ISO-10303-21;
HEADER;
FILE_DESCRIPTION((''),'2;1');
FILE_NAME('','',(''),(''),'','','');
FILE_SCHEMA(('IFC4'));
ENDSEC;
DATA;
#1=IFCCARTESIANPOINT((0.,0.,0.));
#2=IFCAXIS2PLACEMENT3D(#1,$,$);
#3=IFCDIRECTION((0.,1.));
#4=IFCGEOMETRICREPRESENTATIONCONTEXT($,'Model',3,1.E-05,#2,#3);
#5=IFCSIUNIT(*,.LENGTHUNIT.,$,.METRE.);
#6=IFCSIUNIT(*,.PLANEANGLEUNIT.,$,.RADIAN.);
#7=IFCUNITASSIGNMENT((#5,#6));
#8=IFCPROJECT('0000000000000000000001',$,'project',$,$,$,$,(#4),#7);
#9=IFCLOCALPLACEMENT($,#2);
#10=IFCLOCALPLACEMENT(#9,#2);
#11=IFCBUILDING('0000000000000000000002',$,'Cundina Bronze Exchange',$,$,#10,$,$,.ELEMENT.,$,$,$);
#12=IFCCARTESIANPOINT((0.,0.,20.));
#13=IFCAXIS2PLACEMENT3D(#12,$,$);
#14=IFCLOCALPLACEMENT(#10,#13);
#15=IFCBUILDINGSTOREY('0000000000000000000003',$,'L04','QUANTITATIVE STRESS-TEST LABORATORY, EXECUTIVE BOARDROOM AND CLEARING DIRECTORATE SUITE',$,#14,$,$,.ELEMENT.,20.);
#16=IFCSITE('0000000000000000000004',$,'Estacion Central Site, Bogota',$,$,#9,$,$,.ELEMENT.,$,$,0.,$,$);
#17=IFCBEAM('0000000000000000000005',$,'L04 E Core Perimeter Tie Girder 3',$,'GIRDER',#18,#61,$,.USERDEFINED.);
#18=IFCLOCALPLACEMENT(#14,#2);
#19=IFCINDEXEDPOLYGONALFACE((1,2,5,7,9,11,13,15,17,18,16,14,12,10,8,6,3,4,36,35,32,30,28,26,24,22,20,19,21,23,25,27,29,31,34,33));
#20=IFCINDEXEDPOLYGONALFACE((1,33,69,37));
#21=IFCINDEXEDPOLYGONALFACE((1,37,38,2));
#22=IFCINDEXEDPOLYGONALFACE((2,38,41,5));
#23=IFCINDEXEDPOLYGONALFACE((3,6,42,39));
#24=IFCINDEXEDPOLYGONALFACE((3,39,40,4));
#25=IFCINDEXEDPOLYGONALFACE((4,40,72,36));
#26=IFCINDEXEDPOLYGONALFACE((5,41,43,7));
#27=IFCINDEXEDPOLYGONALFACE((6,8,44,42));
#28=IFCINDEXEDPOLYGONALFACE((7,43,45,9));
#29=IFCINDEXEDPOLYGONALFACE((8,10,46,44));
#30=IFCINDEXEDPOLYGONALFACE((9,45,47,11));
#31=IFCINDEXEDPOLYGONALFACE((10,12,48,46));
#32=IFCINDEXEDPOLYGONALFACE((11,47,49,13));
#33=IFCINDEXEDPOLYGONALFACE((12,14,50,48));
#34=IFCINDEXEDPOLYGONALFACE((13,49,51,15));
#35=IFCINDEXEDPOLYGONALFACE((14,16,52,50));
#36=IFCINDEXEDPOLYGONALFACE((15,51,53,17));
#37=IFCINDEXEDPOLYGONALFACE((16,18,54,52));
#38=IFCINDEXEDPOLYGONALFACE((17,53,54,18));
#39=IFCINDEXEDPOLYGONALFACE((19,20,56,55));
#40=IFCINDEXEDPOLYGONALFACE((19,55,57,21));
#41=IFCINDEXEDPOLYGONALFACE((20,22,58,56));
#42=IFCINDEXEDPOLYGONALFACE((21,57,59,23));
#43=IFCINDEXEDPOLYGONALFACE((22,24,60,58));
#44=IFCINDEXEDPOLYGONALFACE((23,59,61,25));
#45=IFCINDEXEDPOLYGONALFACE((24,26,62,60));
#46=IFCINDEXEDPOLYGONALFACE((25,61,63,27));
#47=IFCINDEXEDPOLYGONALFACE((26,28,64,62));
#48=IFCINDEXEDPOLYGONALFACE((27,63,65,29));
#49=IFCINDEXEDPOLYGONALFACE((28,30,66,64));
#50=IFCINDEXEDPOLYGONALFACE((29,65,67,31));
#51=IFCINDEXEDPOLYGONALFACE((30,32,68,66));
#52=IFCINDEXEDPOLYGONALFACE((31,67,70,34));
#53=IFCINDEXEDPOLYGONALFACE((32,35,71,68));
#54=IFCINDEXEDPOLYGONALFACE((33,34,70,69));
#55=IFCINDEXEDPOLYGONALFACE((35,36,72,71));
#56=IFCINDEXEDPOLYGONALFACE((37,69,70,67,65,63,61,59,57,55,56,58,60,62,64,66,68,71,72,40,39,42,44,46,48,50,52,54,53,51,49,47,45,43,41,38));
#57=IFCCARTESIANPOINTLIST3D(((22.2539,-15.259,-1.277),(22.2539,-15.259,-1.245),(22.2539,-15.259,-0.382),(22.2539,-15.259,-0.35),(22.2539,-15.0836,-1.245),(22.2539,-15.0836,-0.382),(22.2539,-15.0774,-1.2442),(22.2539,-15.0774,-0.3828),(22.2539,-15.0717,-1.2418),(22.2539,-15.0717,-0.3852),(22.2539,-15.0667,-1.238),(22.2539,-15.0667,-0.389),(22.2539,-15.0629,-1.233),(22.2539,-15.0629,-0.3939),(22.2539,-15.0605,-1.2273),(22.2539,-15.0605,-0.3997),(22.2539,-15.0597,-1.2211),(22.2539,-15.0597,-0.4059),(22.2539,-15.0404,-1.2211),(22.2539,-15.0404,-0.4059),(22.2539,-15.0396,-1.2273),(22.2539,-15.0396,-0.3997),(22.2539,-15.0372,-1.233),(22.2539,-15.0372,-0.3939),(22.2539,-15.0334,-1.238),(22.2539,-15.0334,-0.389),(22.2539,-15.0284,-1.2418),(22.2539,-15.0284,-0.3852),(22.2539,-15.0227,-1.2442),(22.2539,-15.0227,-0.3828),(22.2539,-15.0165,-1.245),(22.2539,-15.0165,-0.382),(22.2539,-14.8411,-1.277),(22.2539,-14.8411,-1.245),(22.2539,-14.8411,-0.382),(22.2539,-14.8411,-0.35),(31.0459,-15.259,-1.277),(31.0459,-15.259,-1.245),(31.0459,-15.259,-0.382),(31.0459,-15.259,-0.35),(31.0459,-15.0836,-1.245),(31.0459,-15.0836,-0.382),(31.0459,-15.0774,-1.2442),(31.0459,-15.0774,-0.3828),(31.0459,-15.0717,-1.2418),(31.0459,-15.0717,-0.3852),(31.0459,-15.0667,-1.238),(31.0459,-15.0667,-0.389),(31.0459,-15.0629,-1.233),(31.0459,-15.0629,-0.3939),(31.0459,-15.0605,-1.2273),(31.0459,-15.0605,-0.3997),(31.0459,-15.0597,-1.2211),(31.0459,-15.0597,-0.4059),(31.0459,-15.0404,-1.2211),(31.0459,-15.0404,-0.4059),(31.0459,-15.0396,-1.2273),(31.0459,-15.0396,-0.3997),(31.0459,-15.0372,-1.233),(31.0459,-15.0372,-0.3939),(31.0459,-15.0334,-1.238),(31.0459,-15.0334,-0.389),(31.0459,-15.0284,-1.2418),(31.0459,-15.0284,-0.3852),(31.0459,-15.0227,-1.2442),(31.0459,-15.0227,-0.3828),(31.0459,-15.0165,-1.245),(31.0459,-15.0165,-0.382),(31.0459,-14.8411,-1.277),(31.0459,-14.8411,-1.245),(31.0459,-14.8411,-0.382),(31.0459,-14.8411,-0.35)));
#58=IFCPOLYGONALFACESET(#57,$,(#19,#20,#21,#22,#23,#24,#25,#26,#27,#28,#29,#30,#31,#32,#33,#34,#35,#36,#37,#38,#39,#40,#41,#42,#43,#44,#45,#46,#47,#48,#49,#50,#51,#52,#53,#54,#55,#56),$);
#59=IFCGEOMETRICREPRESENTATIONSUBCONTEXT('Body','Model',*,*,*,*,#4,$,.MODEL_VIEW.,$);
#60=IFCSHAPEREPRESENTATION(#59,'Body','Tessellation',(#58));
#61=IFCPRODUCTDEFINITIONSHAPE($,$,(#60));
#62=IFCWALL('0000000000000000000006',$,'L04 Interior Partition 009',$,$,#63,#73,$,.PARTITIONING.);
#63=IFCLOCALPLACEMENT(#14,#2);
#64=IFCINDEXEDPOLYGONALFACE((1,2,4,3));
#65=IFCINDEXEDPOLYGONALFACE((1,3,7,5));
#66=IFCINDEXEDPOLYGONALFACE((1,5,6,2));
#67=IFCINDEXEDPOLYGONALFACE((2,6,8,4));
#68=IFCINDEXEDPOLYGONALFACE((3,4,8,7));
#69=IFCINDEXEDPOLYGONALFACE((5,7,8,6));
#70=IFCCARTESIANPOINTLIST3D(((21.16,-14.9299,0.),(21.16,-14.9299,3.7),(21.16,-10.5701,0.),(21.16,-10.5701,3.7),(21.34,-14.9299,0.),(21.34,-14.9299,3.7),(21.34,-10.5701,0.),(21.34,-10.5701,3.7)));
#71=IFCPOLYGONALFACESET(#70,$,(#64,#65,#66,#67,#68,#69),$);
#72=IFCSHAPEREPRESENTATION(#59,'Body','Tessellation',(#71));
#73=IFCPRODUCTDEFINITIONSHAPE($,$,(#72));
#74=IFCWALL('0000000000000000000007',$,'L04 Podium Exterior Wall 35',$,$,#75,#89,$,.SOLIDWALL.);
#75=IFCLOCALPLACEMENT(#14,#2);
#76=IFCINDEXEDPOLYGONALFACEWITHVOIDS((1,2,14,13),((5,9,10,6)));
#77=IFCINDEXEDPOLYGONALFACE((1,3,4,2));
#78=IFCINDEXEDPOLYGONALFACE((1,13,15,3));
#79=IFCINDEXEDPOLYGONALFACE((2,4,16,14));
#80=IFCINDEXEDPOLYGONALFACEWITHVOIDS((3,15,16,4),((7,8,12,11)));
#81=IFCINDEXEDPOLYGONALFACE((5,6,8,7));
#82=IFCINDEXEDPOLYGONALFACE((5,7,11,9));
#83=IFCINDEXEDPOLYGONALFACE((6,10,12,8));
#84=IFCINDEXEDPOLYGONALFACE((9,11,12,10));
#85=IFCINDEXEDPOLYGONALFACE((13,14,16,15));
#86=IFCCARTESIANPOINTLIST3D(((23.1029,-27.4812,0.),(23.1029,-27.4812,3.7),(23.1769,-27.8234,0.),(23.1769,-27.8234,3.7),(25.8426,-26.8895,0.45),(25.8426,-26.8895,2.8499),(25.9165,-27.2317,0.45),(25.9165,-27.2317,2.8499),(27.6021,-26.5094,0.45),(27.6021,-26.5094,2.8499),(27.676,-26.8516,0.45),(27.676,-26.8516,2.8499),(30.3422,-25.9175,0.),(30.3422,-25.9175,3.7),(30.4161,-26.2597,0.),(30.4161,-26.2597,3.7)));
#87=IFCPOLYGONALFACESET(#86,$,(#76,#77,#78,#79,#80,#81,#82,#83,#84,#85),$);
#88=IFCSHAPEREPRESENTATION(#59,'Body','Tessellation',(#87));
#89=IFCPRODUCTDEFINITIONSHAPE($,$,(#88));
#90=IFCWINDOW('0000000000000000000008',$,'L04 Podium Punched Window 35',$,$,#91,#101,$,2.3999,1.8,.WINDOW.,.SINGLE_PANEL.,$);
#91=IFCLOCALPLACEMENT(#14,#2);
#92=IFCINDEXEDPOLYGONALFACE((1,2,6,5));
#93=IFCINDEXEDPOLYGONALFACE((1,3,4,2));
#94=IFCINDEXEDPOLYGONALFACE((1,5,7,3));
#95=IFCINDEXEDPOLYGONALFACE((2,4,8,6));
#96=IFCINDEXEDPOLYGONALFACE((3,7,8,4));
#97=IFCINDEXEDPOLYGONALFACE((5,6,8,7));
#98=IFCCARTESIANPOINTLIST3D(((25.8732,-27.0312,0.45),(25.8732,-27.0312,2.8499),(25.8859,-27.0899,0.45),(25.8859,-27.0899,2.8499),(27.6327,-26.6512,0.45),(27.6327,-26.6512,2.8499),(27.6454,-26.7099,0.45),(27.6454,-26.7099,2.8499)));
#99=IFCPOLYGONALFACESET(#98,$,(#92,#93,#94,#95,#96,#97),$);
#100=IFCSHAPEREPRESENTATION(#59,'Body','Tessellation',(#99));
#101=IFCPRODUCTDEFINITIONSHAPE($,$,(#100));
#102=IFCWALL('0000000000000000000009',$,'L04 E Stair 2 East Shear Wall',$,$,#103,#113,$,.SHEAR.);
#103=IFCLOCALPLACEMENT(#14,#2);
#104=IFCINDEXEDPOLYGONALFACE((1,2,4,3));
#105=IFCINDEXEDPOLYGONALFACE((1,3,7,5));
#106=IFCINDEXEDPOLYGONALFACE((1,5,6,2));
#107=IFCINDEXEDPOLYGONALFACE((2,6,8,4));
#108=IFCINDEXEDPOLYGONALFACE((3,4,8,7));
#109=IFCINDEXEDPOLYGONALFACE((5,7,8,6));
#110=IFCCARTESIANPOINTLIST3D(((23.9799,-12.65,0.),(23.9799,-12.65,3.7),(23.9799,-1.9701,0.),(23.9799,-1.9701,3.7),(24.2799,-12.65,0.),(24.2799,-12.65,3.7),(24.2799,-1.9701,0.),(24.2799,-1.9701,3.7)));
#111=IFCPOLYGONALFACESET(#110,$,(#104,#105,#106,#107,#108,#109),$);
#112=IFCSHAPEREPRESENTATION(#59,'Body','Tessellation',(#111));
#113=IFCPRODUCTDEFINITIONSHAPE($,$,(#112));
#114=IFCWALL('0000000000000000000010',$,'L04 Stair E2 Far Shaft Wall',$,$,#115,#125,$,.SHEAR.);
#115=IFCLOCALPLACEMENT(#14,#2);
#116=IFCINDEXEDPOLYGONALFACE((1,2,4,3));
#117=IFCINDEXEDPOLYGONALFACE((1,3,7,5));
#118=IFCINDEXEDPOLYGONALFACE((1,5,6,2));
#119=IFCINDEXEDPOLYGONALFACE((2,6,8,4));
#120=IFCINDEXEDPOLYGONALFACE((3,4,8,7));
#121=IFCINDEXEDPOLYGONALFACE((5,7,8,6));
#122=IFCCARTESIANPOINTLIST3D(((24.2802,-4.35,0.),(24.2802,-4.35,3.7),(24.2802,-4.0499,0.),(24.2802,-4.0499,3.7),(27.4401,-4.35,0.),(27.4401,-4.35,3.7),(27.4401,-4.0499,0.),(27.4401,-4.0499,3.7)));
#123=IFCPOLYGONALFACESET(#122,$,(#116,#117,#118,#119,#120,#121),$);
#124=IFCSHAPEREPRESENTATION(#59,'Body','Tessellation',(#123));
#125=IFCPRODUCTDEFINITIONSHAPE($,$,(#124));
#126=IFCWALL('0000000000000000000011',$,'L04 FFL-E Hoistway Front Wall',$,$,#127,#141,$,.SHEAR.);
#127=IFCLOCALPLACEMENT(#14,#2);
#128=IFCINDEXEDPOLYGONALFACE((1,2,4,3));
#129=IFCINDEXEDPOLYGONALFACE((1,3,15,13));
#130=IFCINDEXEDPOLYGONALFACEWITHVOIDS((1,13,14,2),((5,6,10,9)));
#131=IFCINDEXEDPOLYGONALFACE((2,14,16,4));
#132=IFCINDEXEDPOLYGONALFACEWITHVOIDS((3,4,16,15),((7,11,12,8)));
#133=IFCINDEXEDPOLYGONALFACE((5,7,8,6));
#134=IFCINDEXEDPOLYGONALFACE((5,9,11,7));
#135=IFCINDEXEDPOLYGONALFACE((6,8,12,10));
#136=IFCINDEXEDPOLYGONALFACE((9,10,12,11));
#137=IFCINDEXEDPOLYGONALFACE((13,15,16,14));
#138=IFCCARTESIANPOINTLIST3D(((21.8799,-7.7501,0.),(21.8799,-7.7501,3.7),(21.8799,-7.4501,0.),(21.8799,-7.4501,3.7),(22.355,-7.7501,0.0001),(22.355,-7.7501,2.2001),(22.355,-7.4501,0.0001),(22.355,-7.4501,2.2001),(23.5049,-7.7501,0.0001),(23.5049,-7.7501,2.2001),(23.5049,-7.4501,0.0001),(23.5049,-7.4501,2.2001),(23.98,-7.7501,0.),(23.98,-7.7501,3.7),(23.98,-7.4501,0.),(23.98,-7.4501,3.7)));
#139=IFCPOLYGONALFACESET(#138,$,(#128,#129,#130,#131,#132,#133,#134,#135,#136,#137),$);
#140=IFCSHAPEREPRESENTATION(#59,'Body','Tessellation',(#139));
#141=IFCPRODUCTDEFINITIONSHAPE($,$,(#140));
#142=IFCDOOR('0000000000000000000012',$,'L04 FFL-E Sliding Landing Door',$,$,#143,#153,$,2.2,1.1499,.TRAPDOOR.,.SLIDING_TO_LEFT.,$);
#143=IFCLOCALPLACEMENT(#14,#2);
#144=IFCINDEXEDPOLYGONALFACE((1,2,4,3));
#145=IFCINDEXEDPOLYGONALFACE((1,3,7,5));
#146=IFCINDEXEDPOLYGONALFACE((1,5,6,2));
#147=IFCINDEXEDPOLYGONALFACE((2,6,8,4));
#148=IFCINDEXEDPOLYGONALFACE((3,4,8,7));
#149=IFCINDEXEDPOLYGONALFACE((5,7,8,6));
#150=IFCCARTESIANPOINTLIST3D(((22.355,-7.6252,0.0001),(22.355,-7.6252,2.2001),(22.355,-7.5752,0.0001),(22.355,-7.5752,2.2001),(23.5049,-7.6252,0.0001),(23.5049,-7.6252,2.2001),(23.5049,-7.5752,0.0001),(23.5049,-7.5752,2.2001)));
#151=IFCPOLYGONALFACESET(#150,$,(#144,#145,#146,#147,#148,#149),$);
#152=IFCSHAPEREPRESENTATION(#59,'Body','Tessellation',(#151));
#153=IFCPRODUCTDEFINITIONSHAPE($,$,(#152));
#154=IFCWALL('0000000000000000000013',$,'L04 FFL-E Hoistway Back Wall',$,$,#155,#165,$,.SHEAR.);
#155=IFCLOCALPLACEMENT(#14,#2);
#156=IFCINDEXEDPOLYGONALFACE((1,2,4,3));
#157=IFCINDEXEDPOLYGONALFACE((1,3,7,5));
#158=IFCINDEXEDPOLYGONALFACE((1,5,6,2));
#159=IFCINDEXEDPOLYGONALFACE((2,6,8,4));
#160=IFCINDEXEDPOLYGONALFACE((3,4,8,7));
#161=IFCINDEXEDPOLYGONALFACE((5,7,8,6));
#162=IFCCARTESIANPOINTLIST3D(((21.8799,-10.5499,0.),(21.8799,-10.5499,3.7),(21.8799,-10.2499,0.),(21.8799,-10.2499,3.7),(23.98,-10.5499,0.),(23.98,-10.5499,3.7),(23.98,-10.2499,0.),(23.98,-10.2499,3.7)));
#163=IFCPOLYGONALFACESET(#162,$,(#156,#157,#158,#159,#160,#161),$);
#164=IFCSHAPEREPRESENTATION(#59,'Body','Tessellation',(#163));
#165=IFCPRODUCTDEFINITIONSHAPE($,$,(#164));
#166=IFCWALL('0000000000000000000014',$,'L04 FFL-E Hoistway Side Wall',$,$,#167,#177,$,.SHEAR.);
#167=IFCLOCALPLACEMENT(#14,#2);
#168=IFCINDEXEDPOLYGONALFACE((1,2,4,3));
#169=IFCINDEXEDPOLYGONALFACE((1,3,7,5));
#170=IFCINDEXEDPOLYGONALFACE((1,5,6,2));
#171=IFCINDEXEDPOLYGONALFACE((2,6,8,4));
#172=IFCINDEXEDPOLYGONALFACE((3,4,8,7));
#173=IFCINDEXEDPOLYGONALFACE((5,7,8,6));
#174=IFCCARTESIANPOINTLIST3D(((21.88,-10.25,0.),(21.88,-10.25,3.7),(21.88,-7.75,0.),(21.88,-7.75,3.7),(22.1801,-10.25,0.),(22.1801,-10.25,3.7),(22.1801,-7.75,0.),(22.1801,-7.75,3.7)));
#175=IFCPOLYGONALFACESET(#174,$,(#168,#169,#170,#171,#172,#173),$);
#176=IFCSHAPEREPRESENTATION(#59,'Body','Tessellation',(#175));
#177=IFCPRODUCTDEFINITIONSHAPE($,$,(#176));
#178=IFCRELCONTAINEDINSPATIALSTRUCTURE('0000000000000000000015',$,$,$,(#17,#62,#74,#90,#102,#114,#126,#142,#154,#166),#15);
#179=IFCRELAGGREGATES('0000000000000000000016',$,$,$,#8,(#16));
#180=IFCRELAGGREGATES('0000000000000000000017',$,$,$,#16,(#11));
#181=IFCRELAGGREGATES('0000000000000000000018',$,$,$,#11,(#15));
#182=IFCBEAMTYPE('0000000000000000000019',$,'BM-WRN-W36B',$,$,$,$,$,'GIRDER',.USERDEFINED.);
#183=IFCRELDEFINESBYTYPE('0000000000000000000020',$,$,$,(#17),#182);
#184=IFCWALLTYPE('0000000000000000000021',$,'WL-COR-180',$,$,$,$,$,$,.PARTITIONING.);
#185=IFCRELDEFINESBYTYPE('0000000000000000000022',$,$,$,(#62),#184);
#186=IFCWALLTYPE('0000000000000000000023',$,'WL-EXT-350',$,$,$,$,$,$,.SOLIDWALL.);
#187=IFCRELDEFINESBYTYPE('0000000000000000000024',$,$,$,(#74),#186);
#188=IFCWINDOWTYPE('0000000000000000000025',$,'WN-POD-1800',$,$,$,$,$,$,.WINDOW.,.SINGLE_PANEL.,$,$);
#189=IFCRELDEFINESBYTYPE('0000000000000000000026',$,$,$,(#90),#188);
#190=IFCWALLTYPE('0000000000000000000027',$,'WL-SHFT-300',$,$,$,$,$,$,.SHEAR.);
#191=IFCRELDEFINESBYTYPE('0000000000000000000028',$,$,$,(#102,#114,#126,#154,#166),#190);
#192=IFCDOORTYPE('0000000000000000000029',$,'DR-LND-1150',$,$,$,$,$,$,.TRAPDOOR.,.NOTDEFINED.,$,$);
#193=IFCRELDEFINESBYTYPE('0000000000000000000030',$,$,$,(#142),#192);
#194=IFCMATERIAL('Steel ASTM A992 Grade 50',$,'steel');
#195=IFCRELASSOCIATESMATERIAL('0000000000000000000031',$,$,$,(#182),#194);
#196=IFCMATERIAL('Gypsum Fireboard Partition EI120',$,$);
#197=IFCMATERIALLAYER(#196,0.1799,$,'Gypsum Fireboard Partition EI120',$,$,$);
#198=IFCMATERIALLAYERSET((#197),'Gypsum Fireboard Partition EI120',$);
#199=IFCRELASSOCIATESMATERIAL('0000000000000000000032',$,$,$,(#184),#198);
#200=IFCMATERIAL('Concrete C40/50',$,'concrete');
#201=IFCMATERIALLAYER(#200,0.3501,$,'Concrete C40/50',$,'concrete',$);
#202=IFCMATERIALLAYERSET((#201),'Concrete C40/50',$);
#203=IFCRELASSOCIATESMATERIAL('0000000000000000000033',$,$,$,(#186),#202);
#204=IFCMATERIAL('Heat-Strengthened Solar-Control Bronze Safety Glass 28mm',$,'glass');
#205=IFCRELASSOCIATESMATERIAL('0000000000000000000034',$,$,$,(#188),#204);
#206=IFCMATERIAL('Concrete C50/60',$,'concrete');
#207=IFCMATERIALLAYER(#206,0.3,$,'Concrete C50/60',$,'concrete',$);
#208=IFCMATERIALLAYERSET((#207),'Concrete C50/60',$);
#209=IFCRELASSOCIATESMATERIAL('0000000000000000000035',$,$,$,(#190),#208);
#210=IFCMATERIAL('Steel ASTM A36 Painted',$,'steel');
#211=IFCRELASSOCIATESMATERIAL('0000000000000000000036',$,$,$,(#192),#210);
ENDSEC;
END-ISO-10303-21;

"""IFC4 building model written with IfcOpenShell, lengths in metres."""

from ifc_helpers import new_model, si_unit, direction, frame, frame_2d, origin, origin_2d, place, context, subcontext, project, spatial, rectangle, i_section, extrude, material, layer, layer_set, material_profile, profile_set, type_object, element, fill, save


model = new_model("IFC4")

# Units and contexts
model_context = context("Model", 3, precision=1e-05, world=origin(), true_north=direction((0.0, 1.0)))
body_context = subcontext(model_context, "Body", "Model", "MODEL_VIEW")
ifc_project = project(units=[si_unit("LENGTHUNIT", "METRE"), si_unit("PLANEANGLEUNIT", "RADIAN")], contexts=[model_context])

# Site, building, storey
site_placement = place(None, origin())
site = spatial("IfcSite", under=ifc_project, at=site_placement, Name="Estacion Central Site, Bogota", CompositionType="ELEMENT", RefElevation=0.0)
building_placement = place(site_placement, origin())
building = spatial("IfcBuilding", under=site, at=building_placement, Name="Cundina Bronze Exchange", CompositionType="ELEMENT")
storey_placement = place(building_placement, frame((0.0, 0.0, 20.0)))
storey = spatial("IfcBuildingStorey", under=building, at=storey_placement, Name="L04", Description="QUANTITATIVE STRESS-TEST LABORATORY, EXECUTIVE BOARDROOM AND CLEARING DIRECTORATE SUITE", CompositionType="ELEMENT", Elevation=20.0)

# Shared definitions
ifc_material_1 = material(Name="Steel ASTM A992 Grade 50", Category="steel")

# Beam
ifc_material_profile_1 = material_profile(ifc_material_1, i_section(OverallWidth=0.418, OverallDepth=0.927, WebThickness=0.0193, FlangeThickness=0.032, FilletRadius=0.0239, at=origin_2d()), Name="W36X231", Category="steel")
ifc_profile_set_1 = profile_set([ifc_material_profile_1], Name="Steel ASTM A992 Grade 50")
beam_type_1 = type_object("IfcBeamType", Name="BM-WRN-W36B", ElementType="GIRDER", PredefinedType="USERDEFINED", material=ifc_profile_set_1)
beam_1_placement = place(storey_placement, frame((22.2539, -15.05, -0.8135), z_axis=(1.0, 0.0, 0.0), x_axis=(0.0, 1.0, 0.0)))
element("IfcBeam", 1, at=beam_1_placement, inside=storey, type_object=beam_type_1, Name="L04 E Core Perimeter Tie Girder 3", ObjectType="GIRDER", PredefinedType="USERDEFINED", context=body_context, shape_type="SweptSolid", body=[
    extrude(i_section(OverallWidth=0.418, OverallDepth=0.927, WebThickness=0.0193, FlangeThickness=0.032, FilletRadius=0.0239, at=origin_2d()), origin(), (0.0, 0.0, 1.0), 8.792),
])

# Wall
ifc_material_2 = material(Name="Gypsum Fireboard Partition EI120")
ifc_layer_1 = layer(ifc_material_2, 0.1799, Name="Gypsum Fireboard Partition EI120")
ifc_layer_set_1 = layer_set([ifc_layer_1], Name="Gypsum Fireboard Partition EI120")
wall_type_1 = type_object("IfcWallType", Name="WL-COR-180", PredefinedType="PARTITIONING", material=ifc_layer_set_1)
wall_1_placement = place(storey_placement, frame((21.25, -14.9299, 0.0), z_axis=(0.0, 0.0, 1.0), x_axis=(0.0, 1.0, 0.0)))
element("IfcWall", 2, at=wall_1_placement, inside=storey, type_object=wall_type_1, Name="L04 Interior Partition 009", PredefinedType="PARTITIONING", context=body_context, shape_type="SweptSolid", body=[
    extrude(rectangle(XDim=4.3599, YDim=0.1799, at=frame_2d((2.1799, 0.0))), origin(), (0.0, 0.0, 1.0), 3.7),
])

# Wall, opening, window
ifc_material_3 = material(Name="Concrete C40/50", Category="concrete")
ifc_layer_2 = layer(ifc_material_3, 0.3501, Name="Concrete C40/50", Category="concrete")
ifc_layer_set_2 = layer_set([ifc_layer_2], Name="Concrete C40/50")
wall_type_2 = type_object("IfcWallType", Name="WL-EXT-350", PredefinedType="SOLIDWALL", material=ifc_layer_set_2)
wall_2_placement = place(storey_placement, frame((23.1399, -27.6523, 0.0), z_axis=(0.0, 0.0, 1.0), x_axis=(0.977457, 0.211136, 0.0)))
wall_2 = element("IfcWall", 3, at=wall_2_placement, inside=storey, type_object=wall_type_2, Name="L04 Podium Exterior Wall 35", PredefinedType="SOLIDWALL", context=body_context, shape_type="SweptSolid", body=[
    extrude(rectangle(XDim=7.4062, YDim=0.3501, at=frame_2d((3.7031, 0.0))), origin(), (0.0, 0.0, 1.0), 3.7),
])
opening_1_placement = place(wall_2_placement, frame((2.803, 0.0, 0.45)))
opening_1 = element("IfcOpeningElement", 4, at=opening_1_placement, cuts=wall_2, PredefinedType="OPENING", context=body_context, shape_type="SweptSolid", body=[
    extrude(rectangle(XDim=1.8, YDim=2.3999, at=frame_2d((0.8999, 1.2))), frame((0.0, 0.1851, 0.0), z_axis=(0.0, -1.0, 0.0), x_axis=(1.0, 0.0, 0.0)), (0.0, 0.0, 1.0), 0.3701),
])
ifc_material_4 = material(Name="Heat-Strengthened Solar-Control Bronze Safety Glass 28mm", Category="glass")
window_type = type_object("IfcWindowType", Name="WN-POD-1800", PartitioningType="SINGLE_PANEL", PredefinedType="WINDOW", material=ifc_material_4)
window_placement = place(opening_1_placement, origin())
window = element("IfcWindow", 5, at=window_placement, inside=storey, type_object=window_type, Name="L04 Podium Punched Window 35", OverallHeight=2.3999, OverallWidth=1.8, PartitioningType="SINGLE_PANEL", PredefinedType="WINDOW", context=body_context, shape_type="SweptSolid", body=[
    extrude(rectangle(XDim=1.8, YDim=2.3999, at=frame_2d((0.8999, 1.2))), frame((0.0, 0.03, 0.0), z_axis=(0.0, -1.0, 0.0), x_axis=(1.0, 0.0, 0.0)), (0.0, 0.0, 1.0), 0.0601),
])
fill(opening_1, window)

# Wall
ifc_material_5 = material(Name="Concrete C50/60", Category="concrete")
ifc_layer_3 = layer(ifc_material_5, 0.3, Name="Concrete C50/60", Category="concrete")
ifc_layer_set_3 = layer_set([ifc_layer_3], Name="Concrete C50/60")
wall_type_3 = type_object("IfcWallType", Name="WL-SHFT-300", PredefinedType="SHEAR", material=ifc_layer_set_3)
wall_3_placement = place(storey_placement, frame((24.1299, -12.6499, 0.0), z_axis=(0.0, 0.0, 1.0), x_axis=(0.0, 1.0, 0.0)))
element("IfcWall", 6, at=wall_3_placement, inside=storey, type_object=wall_type_3, Name="L04 E Stair 2 East Shear Wall", PredefinedType="SHEAR", context=body_context, shape_type="SweptSolid", body=[
    extrude(rectangle(XDim=10.6799, YDim=0.3, at=frame_2d((5.3398, 0.0))), origin(), (0.0, 0.0, 1.0), 3.7),
])

# Shared definitions
ifc_material_6 = material(Name="Steel ASTM A36 Painted", Category="steel")

# Wall
wall_4_placement = place(storey_placement, frame((24.28, -4.2, 0.0), z_axis=(0.0, 0.0, 1.0), x_axis=(1.0, 0.0, 0.0)))
element("IfcWall", 7, at=wall_4_placement, inside=storey, type_object=wall_type_3, Name="L04 Stair E2 Far Shaft Wall", PredefinedType="SHEAR", context=body_context, shape_type="SweptSolid", body=[
    extrude(rectangle(XDim=3.1599, YDim=0.3, at=frame_2d((1.5801, 0.0))), origin(), (0.0, 0.0, 1.0), 3.7),
])

# Wall, opening, door
wall_5_placement = place(storey_placement, frame((21.8799, -7.6001, 0.0), z_axis=(0.0, 0.0, 1.0), x_axis=(1.0, 0.0, 0.0)))
wall_5 = element("IfcWall", 8, at=wall_5_placement, inside=storey, type_object=wall_type_3, Name="L04 FFL-E Hoistway Front Wall", PredefinedType="SHEAR", context=body_context, shape_type="SweptSolid", body=[
    extrude(rectangle(XDim=2.1001, YDim=0.3, at=frame_2d((1.05, 0.0))), origin(), (0.0, 0.0, 1.0), 3.7),
])
opening_2_placement = place(wall_5_placement, frame((0.4751, 0.0, 0.0)))
opening_2 = element("IfcOpeningElement", 9, at=opening_2_placement, cuts=wall_5, PredefinedType="OPENING", context=body_context, shape_type="SweptSolid", body=[
    extrude(rectangle(XDim=1.1499, YDim=2.2, at=frame_2d((0.575, 1.1001))), frame((0.0, 0.1599, 0.0), z_axis=(0.0, -1.0, 0.0), x_axis=(1.0, 0.0, 0.0)), (0.0, 0.0, 1.0), 0.3201),
])
door_type_1 = type_object("IfcDoorType", Name="DR-LND-1150", OperationType="NOTDEFINED", PredefinedType="TRAPDOOR", material=ifc_material_6)
door_1_placement = place(opening_2_placement, origin())
door_1 = element("IfcDoor", 10, at=door_1_placement, inside=storey, type_object=door_type_1, Name="L04 FFL-E Sliding Landing Door", OperationType="SLIDING_TO_LEFT", OverallHeight=2.2, OverallWidth=1.1499, PredefinedType="TRAPDOOR", context=body_context, shape_type="SweptSolid", body=[
    extrude(rectangle(XDim=1.1499, YDim=2.2, at=frame_2d((0.575, 1.1001))), frame((0.0, 0.0249, 0.0), z_axis=(0.0, -1.0, 0.0), x_axis=(1.0, 0.0, 0.0)), (0.0, 0.0, 1.0), 0.05),
])
fill(opening_2, door_1)

# Walls
wall_6_placement = place(storey_placement, frame((21.8799, -10.3999, 0.0), z_axis=(0.0, 0.0, 1.0), x_axis=(1.0, 0.0, 0.0)))
element("IfcWall", 11, at=wall_6_placement, inside=storey, type_object=wall_type_3, Name="L04 FFL-E Hoistway Back Wall", PredefinedType="SHEAR", context=body_context, shape_type="SweptSolid", body=[
    extrude(rectangle(XDim=2.1001, YDim=0.3, at=frame_2d((1.05, 0.0))), origin(), (0.0, 0.0, 1.0), 3.7),
])
for number, where, z_axis, x_axis, name in (
    (12, (22.03, -10.25, 0.0), (0.0, 0.0, 1.0), (0.0, 1.0, 0.0), "L04 FFL-E Hoistway Side Wall"),
):
    element("IfcWall", number, at=place(storey_placement, frame(where, z_axis=z_axis, x_axis=x_axis)), inside=storey, type_object=wall_type_3, Name=name, PredefinedType="SHEAR", context=body_context, shape_type="SweptSolid", body=[
        extrude(rectangle(XDim=2.5, YDim=0.3, at=frame_2d((1.25, 0.0))), origin(), (0.0, 0.0, 1.0), 3.7),
    ])

save(model, "model.ifc")
